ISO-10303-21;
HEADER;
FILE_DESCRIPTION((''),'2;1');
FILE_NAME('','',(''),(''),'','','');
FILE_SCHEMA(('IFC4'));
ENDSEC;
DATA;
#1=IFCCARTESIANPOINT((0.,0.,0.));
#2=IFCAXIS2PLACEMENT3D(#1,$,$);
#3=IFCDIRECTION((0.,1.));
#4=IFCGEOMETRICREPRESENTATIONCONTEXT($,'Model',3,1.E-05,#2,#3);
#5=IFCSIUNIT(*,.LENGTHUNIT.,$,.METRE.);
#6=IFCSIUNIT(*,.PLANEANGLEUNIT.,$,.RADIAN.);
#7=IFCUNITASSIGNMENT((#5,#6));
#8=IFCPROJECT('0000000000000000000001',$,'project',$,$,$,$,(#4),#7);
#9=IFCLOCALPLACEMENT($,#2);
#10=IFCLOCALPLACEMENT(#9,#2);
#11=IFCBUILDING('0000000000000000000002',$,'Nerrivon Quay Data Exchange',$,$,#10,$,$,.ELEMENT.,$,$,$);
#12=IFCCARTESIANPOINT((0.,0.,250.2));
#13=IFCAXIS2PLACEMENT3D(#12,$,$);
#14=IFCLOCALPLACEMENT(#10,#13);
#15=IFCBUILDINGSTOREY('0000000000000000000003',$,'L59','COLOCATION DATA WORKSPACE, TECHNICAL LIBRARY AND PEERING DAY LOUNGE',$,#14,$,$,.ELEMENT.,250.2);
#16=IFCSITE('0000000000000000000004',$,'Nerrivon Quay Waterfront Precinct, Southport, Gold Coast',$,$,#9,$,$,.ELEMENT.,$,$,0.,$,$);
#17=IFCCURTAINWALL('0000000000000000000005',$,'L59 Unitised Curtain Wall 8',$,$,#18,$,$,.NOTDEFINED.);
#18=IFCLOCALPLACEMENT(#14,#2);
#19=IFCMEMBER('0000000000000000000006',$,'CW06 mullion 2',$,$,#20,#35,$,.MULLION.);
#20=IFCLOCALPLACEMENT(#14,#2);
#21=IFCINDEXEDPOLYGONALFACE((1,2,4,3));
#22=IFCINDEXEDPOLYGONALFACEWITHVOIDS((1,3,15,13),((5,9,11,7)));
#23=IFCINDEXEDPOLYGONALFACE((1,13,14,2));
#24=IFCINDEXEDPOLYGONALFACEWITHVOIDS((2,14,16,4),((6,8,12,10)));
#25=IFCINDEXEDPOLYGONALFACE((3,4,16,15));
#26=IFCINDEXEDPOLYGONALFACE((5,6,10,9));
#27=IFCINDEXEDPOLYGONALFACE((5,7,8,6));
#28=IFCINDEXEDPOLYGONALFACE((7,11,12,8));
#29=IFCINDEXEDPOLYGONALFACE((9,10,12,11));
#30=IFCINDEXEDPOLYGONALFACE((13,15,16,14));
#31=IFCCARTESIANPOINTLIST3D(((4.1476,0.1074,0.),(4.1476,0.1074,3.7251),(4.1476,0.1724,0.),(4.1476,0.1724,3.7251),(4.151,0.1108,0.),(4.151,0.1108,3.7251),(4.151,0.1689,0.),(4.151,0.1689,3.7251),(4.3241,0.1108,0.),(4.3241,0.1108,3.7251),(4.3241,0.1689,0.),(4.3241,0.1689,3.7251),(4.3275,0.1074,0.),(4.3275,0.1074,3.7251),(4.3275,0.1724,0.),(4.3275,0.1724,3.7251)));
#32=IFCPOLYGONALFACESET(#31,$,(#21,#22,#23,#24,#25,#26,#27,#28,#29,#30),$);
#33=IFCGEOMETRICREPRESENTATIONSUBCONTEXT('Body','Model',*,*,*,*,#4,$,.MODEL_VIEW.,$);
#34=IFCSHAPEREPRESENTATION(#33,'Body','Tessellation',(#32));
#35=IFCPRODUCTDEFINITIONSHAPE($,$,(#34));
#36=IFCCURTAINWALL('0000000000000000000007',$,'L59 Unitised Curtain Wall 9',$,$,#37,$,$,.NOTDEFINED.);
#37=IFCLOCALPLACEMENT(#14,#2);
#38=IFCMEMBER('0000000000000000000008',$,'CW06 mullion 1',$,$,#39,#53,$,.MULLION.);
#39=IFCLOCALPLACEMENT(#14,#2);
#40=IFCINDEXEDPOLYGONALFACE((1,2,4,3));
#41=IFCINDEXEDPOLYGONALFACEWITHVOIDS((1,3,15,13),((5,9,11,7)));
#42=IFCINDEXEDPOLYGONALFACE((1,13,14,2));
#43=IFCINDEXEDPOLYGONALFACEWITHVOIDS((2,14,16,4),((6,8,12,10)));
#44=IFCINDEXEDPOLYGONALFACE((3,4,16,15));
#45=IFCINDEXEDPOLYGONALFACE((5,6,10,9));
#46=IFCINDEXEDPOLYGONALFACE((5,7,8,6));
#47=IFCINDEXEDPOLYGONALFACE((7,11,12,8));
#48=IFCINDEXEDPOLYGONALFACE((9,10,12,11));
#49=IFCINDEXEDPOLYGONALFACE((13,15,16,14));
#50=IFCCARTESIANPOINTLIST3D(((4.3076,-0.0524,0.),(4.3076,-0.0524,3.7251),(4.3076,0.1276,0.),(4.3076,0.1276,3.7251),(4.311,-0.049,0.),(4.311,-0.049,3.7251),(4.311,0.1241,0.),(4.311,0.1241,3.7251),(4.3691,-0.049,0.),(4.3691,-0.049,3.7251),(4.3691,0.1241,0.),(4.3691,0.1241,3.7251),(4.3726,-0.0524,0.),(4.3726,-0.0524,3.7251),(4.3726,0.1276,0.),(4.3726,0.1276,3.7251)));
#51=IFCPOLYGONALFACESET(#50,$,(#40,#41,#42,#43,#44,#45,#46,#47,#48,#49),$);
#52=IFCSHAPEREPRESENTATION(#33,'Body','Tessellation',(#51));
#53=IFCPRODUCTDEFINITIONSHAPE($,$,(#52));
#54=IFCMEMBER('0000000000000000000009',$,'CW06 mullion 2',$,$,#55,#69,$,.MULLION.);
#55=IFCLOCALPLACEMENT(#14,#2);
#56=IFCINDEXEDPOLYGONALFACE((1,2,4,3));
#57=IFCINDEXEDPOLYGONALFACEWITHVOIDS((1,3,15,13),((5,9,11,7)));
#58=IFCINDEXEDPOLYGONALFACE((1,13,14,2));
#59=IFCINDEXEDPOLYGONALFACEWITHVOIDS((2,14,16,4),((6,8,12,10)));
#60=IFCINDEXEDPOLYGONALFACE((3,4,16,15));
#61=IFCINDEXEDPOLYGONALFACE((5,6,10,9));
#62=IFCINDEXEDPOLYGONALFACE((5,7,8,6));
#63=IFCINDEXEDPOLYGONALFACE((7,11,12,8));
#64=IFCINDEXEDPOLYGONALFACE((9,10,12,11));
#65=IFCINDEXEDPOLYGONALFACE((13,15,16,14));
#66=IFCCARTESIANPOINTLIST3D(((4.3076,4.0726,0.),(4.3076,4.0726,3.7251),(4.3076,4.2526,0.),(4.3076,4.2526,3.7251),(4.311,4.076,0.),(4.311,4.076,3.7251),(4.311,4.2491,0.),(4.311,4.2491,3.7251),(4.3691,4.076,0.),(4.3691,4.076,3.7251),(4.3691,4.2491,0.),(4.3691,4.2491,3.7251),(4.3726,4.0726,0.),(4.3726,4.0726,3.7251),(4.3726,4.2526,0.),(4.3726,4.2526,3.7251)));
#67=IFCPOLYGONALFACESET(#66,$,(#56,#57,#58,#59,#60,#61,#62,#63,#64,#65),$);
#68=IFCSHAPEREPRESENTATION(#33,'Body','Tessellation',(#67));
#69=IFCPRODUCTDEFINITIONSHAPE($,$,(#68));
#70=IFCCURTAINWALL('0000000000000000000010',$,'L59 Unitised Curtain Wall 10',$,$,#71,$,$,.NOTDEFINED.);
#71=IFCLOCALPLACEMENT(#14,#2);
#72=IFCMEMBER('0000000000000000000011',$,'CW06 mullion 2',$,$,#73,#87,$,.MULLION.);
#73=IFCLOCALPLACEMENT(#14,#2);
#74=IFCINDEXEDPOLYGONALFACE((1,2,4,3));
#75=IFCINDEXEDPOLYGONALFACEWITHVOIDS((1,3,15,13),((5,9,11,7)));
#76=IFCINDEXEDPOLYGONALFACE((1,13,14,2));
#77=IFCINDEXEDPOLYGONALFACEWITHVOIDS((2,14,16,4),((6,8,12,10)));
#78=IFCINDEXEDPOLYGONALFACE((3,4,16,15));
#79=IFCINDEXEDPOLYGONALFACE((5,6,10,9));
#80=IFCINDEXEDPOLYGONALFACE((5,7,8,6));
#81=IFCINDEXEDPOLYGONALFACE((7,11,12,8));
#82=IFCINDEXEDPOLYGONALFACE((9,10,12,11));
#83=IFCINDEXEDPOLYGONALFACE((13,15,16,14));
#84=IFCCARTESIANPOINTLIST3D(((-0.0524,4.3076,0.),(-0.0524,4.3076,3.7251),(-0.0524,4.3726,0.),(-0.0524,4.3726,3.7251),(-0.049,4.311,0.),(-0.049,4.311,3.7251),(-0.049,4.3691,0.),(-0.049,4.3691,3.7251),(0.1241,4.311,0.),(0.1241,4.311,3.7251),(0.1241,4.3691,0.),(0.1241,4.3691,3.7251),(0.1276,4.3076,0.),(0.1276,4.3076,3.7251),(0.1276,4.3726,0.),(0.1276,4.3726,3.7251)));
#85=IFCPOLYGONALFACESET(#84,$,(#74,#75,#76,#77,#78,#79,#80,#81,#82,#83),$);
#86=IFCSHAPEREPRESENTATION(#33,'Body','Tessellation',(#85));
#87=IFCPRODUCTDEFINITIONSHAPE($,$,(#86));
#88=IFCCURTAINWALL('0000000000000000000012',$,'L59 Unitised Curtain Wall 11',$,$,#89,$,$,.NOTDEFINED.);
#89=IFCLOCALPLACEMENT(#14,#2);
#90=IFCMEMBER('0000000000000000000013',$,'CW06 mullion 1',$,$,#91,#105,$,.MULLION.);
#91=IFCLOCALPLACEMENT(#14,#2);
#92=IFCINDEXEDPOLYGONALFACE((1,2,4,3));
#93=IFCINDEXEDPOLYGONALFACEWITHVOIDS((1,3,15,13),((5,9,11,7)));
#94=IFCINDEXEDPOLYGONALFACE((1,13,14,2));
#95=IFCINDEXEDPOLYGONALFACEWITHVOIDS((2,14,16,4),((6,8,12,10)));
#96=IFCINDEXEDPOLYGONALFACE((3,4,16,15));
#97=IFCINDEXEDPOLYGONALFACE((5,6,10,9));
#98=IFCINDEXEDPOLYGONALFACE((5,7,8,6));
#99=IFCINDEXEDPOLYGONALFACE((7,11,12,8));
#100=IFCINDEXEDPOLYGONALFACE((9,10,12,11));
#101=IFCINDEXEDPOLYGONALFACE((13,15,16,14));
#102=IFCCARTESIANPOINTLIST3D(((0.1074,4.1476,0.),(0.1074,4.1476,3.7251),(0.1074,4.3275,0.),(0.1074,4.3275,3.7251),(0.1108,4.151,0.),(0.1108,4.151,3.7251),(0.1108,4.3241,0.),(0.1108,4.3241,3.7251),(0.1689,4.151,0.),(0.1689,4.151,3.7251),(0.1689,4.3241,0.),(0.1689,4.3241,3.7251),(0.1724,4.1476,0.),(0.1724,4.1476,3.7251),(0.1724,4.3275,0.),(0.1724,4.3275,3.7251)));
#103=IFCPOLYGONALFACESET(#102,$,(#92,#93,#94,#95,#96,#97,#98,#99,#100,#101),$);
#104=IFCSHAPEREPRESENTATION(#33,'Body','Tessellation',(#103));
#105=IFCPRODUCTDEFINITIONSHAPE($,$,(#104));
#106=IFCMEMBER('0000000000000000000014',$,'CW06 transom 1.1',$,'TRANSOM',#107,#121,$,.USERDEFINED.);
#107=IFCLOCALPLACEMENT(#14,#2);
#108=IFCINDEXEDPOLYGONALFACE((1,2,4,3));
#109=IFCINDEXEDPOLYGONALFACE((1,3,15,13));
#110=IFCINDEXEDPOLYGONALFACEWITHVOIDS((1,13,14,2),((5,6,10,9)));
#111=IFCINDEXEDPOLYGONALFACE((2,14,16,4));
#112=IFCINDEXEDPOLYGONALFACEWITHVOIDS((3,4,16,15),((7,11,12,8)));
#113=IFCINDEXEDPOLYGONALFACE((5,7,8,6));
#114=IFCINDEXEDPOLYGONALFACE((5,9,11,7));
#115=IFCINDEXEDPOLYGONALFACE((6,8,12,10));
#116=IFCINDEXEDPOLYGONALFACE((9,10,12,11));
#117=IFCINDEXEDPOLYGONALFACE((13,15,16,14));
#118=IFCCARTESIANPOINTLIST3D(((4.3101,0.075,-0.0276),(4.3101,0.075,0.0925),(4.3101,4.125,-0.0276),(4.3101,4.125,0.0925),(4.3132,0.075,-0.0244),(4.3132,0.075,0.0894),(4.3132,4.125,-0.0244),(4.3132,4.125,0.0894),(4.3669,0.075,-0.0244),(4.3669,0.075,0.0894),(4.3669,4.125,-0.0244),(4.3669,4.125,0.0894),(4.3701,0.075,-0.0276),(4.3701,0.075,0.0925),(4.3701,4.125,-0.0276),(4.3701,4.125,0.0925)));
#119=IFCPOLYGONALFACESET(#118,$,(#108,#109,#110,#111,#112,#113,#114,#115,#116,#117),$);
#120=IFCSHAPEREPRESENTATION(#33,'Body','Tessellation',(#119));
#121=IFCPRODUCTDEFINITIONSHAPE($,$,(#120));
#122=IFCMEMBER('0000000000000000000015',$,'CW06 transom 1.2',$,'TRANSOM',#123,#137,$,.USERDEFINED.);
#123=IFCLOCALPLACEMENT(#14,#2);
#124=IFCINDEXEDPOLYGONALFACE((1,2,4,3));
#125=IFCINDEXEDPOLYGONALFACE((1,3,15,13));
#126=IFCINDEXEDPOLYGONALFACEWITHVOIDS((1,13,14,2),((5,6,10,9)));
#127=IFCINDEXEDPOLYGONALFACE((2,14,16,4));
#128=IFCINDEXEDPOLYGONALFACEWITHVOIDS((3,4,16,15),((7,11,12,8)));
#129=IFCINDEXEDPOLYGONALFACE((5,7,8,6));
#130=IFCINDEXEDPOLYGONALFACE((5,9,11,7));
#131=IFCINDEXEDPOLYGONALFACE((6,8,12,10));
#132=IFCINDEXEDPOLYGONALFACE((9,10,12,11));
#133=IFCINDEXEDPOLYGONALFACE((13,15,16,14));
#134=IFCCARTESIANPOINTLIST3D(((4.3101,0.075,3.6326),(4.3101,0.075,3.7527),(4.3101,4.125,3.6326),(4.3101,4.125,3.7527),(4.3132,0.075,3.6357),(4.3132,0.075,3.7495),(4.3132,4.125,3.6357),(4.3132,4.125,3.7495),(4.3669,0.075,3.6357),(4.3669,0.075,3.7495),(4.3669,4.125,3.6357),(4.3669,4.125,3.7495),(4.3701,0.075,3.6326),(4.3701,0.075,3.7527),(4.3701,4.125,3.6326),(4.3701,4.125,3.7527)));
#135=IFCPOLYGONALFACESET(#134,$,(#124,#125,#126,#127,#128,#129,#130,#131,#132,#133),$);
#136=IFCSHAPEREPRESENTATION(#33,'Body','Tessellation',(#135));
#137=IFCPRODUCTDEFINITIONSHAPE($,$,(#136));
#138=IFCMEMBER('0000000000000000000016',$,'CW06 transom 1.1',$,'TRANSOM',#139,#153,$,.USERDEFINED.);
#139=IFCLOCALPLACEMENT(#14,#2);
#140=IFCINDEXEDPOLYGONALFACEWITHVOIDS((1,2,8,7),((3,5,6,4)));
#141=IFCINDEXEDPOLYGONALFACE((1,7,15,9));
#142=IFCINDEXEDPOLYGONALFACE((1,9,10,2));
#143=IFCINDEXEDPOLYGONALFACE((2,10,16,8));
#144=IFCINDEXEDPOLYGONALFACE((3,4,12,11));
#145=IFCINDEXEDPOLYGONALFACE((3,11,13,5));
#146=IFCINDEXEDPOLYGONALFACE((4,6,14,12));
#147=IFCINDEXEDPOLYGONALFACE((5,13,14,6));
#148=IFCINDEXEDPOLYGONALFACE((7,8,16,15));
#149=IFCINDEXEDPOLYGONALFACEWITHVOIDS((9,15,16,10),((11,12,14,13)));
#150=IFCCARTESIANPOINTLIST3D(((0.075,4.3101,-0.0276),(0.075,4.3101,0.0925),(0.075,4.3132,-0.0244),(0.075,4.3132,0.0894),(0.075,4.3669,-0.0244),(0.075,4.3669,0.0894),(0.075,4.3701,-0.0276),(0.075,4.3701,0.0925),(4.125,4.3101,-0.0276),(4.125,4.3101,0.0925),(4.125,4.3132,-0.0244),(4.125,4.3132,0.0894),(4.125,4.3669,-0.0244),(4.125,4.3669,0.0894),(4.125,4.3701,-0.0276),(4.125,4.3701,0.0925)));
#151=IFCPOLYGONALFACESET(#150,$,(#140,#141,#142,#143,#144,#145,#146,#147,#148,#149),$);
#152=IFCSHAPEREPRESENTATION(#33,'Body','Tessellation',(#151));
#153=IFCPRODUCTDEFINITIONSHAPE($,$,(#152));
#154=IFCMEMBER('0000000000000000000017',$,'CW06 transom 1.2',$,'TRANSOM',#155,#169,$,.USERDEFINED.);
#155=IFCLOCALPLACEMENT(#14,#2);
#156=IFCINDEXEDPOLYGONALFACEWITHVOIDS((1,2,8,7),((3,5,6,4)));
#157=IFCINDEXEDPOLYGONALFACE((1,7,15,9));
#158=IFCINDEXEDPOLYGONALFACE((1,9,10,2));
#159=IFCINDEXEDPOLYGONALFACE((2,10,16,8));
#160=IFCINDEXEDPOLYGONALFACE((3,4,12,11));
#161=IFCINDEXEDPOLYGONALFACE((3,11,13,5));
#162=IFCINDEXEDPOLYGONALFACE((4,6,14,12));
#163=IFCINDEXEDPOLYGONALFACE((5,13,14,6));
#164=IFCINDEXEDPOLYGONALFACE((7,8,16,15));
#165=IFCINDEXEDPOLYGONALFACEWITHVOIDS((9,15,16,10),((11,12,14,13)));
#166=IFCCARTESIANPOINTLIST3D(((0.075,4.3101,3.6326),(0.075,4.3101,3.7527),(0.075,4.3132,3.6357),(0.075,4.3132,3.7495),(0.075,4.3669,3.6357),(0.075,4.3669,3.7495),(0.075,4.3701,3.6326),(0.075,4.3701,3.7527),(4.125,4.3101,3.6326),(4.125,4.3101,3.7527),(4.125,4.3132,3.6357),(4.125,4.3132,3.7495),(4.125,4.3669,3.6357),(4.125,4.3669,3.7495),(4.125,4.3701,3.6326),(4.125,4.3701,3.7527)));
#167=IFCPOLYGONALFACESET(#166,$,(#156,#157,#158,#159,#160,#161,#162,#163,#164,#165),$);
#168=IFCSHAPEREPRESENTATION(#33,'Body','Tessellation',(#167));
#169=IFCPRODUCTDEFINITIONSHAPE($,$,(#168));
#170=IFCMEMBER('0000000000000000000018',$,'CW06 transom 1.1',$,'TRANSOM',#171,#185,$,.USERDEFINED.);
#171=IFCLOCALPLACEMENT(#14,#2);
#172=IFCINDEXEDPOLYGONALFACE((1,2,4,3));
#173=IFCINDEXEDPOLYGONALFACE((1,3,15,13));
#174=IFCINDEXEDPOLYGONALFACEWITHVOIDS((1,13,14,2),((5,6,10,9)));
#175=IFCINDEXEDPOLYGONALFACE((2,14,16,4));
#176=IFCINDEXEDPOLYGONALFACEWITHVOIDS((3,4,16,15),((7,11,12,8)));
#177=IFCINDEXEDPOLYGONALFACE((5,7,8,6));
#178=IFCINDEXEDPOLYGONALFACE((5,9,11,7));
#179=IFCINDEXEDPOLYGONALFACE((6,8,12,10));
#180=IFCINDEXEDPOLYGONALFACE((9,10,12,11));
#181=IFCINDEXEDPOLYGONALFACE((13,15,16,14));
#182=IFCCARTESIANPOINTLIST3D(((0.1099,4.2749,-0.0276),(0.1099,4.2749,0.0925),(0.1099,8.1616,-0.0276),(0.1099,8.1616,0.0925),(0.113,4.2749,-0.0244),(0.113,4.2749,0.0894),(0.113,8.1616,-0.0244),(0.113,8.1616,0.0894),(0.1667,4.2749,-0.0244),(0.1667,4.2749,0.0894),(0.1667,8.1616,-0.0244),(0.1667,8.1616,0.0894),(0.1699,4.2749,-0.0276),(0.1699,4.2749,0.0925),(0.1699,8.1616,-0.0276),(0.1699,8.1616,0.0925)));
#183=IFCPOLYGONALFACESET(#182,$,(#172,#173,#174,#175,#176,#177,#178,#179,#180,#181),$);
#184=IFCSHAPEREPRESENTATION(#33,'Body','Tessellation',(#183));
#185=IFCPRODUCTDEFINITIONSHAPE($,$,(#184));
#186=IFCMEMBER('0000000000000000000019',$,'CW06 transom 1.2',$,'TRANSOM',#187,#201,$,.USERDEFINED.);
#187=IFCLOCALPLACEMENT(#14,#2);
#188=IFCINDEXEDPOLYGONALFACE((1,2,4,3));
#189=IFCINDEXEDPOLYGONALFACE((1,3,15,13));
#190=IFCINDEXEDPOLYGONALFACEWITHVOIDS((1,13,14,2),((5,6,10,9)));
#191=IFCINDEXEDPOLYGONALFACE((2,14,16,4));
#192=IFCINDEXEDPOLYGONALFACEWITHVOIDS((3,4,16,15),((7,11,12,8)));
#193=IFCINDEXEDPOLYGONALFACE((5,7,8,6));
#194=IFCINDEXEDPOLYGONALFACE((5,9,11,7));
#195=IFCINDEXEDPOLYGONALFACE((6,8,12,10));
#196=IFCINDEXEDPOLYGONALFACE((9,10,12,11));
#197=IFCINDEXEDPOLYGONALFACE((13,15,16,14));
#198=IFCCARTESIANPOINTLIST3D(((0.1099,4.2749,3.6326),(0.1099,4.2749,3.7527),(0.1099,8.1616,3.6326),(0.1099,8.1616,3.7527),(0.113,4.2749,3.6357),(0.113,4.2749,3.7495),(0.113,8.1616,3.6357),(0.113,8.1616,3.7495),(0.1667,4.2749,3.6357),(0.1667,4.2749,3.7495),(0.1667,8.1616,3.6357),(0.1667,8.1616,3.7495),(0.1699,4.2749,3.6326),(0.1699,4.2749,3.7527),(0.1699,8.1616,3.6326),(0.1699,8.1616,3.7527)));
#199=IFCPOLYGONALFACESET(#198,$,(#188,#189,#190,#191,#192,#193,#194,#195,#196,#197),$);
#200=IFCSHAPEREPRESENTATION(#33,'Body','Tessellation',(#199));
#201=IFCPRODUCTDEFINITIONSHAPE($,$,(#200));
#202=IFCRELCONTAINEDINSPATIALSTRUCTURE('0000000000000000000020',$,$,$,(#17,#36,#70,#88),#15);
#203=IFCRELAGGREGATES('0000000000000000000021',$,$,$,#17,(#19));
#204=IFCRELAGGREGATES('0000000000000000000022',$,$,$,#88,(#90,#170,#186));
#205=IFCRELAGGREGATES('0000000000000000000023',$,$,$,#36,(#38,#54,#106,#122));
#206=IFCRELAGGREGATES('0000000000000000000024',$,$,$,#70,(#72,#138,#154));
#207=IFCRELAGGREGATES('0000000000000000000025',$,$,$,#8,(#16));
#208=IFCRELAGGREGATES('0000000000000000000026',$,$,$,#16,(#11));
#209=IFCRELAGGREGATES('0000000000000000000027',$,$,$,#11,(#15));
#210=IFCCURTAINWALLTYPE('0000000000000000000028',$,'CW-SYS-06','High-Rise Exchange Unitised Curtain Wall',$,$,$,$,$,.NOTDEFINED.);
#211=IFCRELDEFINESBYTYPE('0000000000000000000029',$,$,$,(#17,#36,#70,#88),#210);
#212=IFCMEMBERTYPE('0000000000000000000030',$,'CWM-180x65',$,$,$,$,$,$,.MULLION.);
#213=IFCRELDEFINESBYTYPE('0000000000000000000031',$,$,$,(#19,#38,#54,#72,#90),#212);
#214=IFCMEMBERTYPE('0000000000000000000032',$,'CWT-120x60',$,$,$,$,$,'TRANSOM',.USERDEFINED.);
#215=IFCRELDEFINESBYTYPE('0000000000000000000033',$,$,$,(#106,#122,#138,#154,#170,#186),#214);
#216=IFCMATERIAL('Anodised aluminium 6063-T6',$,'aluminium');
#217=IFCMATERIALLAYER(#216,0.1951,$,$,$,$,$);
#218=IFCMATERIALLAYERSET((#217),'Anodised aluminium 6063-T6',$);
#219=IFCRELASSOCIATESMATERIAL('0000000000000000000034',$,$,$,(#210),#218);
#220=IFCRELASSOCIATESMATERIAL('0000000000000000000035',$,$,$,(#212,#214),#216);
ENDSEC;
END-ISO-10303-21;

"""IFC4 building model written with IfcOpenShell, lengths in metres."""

from ifc_helpers import new_model, si_unit, direction, frame, origin, origin_2d, place, context, subcontext, project, spatial, hollow_rectangle, extrude, material, layer, layer_set, material_profile, profile_set, type_object, element, aggregate, save


model = new_model("IFC4")

# Units and contexts
model_context = context("Model", 3, precision=1e-05, world=origin(), true_north=direction((0.0, 1.0)))
body_context = subcontext(model_context, "Body", "Model", "MODEL_VIEW")
ifc_project = project(units=[si_unit("LENGTHUNIT", "METRE"), si_unit("PLANEANGLEUNIT", "RADIAN")], contexts=[model_context])

# Site, building, storey
site_placement = place(None, origin())
site = spatial("IfcSite", under=ifc_project, at=site_placement, Name="Nerrivon Quay Waterfront Precinct, Southport, Gold Coast", CompositionType="ELEMENT", RefElevation=0.0)
building_placement = place(site_placement, origin())
building = spatial("IfcBuilding", under=site, at=building_placement, Name="Nerrivon Quay Data Exchange", CompositionType="ELEMENT")
storey_placement = place(building_placement, frame((0.0, 0.0, 250.2)))
storey = spatial("IfcBuildingStorey", under=building, at=storey_placement, Name="L59", Description="COLOCATION DATA WORKSPACE, TECHNICAL LIBRARY AND PEERING DAY LOUNGE", CompositionType="ELEMENT", Elevation=250.2)

# Curtain wall, member
ifc_material_1 = material(Name="Anodised aluminium 6063-T6", Category="aluminium")
ifc_layer_1 = layer(ifc_material_1, 0.1951)
ifc_layer_set_1 = layer_set([ifc_layer_1], Name="Anodised aluminium 6063-T6")
curtain_wall_type = type_object("IfcCurtainWallType", Name="CW-SYS-06", Description="High-Rise Exchange Unitised Curtain Wall", PredefinedType="NOTDEFINED", material=ifc_layer_set_1)
curtain_wall_1_placement = place(storey_placement, origin())
curtain_wall_1 = element("IfcCurtainWall", 1, at=curtain_wall_1_placement, inside=storey, type_object=curtain_wall_type, Name="L59 Unitised Curtain Wall 8", PredefinedType="NOTDEFINED")
ifc_material_profile_1 = material_profile(ifc_material_1, hollow_rectangle(XDim=0.0649, YDim=0.1799, WallThickness=0.0034, at=origin_2d()), Name="ALU-MULL-180x65")
ifc_profile_set_1 = profile_set([ifc_material_profile_1], Name="Anodised aluminium 6063-T6")
member_type_1 = type_object("IfcMemberType", Name="CWM-180x65", PredefinedType="MULLION", material=ifc_profile_set_1)
member_1_placement = place(storey_placement, frame((4.2375, 0.1399, 0.0), z_axis=(0.0, 0.0, 1.0), x_axis=(0.0, -1.0, 0.0)))
member_1 = element("IfcMember", 2, at=member_1_placement, type_object=member_type_1, Name="CW06 mullion 2", PredefinedType="MULLION", context=body_context, shape_type="SweptSolid", body=[
    extrude(hollow_rectangle(XDim=0.0649, YDim=0.1799, WallThickness=0.0034, at=origin_2d()), origin(), (0.0, 0.0, 1.0), 3.7251),
])
aggregate(curtain_wall_1, [member_1])

# Curtain wall, members
curtain_wall_2_placement = place(storey_placement, origin())
curtain_wall_2 = element("IfcCurtainWall", 3, at=curtain_wall_2_placement, inside=storey, type_object=curtain_wall_type, Name="L59 Unitised Curtain Wall 9", PredefinedType="NOTDEFINED")
member_2_placement = place(storey_placement, frame((4.3401, 0.0376, 0.0), z_axis=(0.0, 0.0, 1.0), x_axis=(-1.0, 0.0, 0.0)))
member_2 = element("IfcMember", 4, at=member_2_placement, type_object=member_type_1, Name="CW06 mullion 1", PredefinedType="MULLION", context=body_context, shape_type="SweptSolid", body=[
    extrude(hollow_rectangle(XDim=0.0649, YDim=0.1799, WallThickness=0.0034, at=origin_2d()), origin(), (0.0, 0.0, 1.0), 3.7251),
])
member_3_placement = place(storey_placement, frame((4.3401, 4.1626, 0.0), z_axis=(0.0, 0.0, 1.0), x_axis=(-1.0, 0.0, 0.0)))
member_3 = element("IfcMember", 5, at=member_3_placement, type_object=member_type_1, Name="CW06 mullion 2", PredefinedType="MULLION", context=body_context, shape_type="SweptSolid", body=[
    extrude(hollow_rectangle(XDim=0.0649, YDim=0.1799, WallThickness=0.0034, at=origin_2d()), origin(), (0.0, 0.0, 1.0), 3.7251),
])

# Curtain walls, members
curtain_wall_3_placement = place(storey_placement, origin())
curtain_wall_3 = element("IfcCurtainWall", 6, at=curtain_wall_3_placement, inside=storey, type_object=curtain_wall_type, Name="L59 Unitised Curtain Wall 10", PredefinedType="NOTDEFINED")
member_4_placement = place(storey_placement, frame((0.0376, 4.3401, 0.0), z_axis=(0.0, 0.0, 1.0), x_axis=(0.0, -1.0, 0.0)))
member_4 = element("IfcMember", 7, at=member_4_placement, type_object=member_type_1, Name="CW06 mullion 2", PredefinedType="MULLION", context=body_context, shape_type="SweptSolid", body=[
    extrude(hollow_rectangle(XDim=0.0649, YDim=0.1799, WallThickness=0.0034, at=origin_2d()), origin(), (0.0, 0.0, 1.0), 3.7251),
])
curtain_wall_4_placement = place(storey_placement, origin())
curtain_wall_4 = element("IfcCurtainWall", 8, at=curtain_wall_4_placement, inside=storey, type_object=curtain_wall_type, Name="L59 Unitised Curtain Wall 11", PredefinedType="NOTDEFINED")
member_5_placement = place(storey_placement, frame((0.1399, 4.2375, 0.0), z_axis=(0.0, 0.0, 1.0), x_axis=(-1.0, 0.0, 0.0)))
member_5 = element("IfcMember", 9, at=member_5_placement, type_object=member_type_1, Name="CW06 mullion 1", PredefinedType="MULLION", context=body_context, shape_type="SweptSolid", body=[
    extrude(hollow_rectangle(XDim=0.0649, YDim=0.1799, WallThickness=0.0034, at=origin_2d()), origin(), (0.0, 0.0, 1.0), 3.7251),
])

# Members
ifc_material_profile_2 = material_profile(ifc_material_1, hollow_rectangle(XDim=0.0601, YDim=0.1201, WallThickness=0.0032, at=origin_2d()), Name="ALU-TRAN-120x60")
ifc_profile_set_2 = profile_set([ifc_material_profile_2], Name="Anodised aluminium 6063-T6")
member_type_2 = type_object("IfcMemberType", Name="CWT-120x60", ElementType="TRANSOM", PredefinedType="USERDEFINED", material=ifc_profile_set_2)
member_6_placement = place(storey_placement, frame((4.3401, 0.075, 0.0325), z_axis=(0.0, 1.0, 0.0), x_axis=(-1.0, 0.0, 0.0)))
member_6 = element("IfcMember", 10, at=member_6_placement, type_object=member_type_2, Name="CW06 transom 1.1", ObjectType="TRANSOM", PredefinedType="USERDEFINED", context=body_context, shape_type="SweptSolid", body=[
    extrude(hollow_rectangle(XDim=0.0601, YDim=0.1201, WallThickness=0.0032, at=origin_2d()), origin(), (0.0, 0.0, 1.0), 4.05),
])
member_7_placement = place(storey_placement, frame((4.3401, 0.075, 3.6926), z_axis=(0.0, 1.0, 0.0), x_axis=(-1.0, 0.0, 0.0)))
member_7 = element("IfcMember", 11, at=member_7_placement, type_object=member_type_2, Name="CW06 transom 1.2", ObjectType="TRANSOM", PredefinedType="USERDEFINED", context=body_context, shape_type="SweptSolid", body=[
    extrude(hollow_rectangle(XDim=0.0601, YDim=0.1201, WallThickness=0.0032, at=origin_2d()), origin(), (0.0, 0.0, 1.0), 4.05),
])
member_8_placement = place(storey_placement, frame((4.125, 4.3401, 0.0325), z_axis=(-1.0, 0.0, 0.0), x_axis=(0.0, -1.0, 0.0)))
member_8 = element("IfcMember", 12, at=member_8_placement, type_object=member_type_2, Name="CW06 transom 1.1", ObjectType="TRANSOM", PredefinedType="USERDEFINED", context=body_context, shape_type="SweptSolid", body=[
    extrude(hollow_rectangle(XDim=0.0601, YDim=0.1201, WallThickness=0.0032, at=origin_2d()), origin(), (0.0, 0.0, 1.0), 4.05),
])
member_9_placement = place(storey_placement, frame((4.125, 4.3401, 3.6926), z_axis=(-1.0, 0.0, 0.0), x_axis=(0.0, -1.0, 0.0)))
member_9 = element("IfcMember", 13, at=member_9_placement, type_object=member_type_2, Name="CW06 transom 1.2", ObjectType="TRANSOM", PredefinedType="USERDEFINED", context=body_context, shape_type="SweptSolid", body=[
    extrude(hollow_rectangle(XDim=0.0601, YDim=0.1201, WallThickness=0.0032, at=origin_2d()), origin(), (0.0, 0.0, 1.0), 4.05),
])
member_10_placement = place(storey_placement, frame((0.1399, 4.2749, 0.0325), z_axis=(0.0, 1.0, 0.0), x_axis=(-1.0, 0.0, 0.0)))
member_10 = element("IfcMember", 14, at=member_10_placement, type_object=member_type_2, Name="CW06 transom 1.1", ObjectType="TRANSOM", PredefinedType="USERDEFINED", context=body_context, shape_type="SweptSolid", body=[
    extrude(hollow_rectangle(XDim=0.0601, YDim=0.1201, WallThickness=0.0032, at=origin_2d()), origin(), (0.0, 0.0, 1.0), 3.8867),
])
member_11_placement = place(storey_placement, frame((0.1399, 4.2749, 3.6926), z_axis=(0.0, 1.0, 0.0), x_axis=(-1.0, 0.0, 0.0)))
member_11 = element("IfcMember", 15, at=member_11_placement, type_object=member_type_2, Name="CW06 transom 1.2", ObjectType="TRANSOM", PredefinedType="USERDEFINED", context=body_context, shape_type="SweptSolid", body=[
    extrude(hollow_rectangle(XDim=0.0601, YDim=0.1201, WallThickness=0.0032, at=origin_2d()), origin(), (0.0, 0.0, 1.0), 3.8867),
])
aggregate(curtain_wall_4, [member_5, member_10, member_11])

aggregate(curtain_wall_2, [member_2, member_3, member_6, member_7])
aggregate(curtain_wall_3, [member_4, member_8, member_9])

save(model, "model.ifc")
